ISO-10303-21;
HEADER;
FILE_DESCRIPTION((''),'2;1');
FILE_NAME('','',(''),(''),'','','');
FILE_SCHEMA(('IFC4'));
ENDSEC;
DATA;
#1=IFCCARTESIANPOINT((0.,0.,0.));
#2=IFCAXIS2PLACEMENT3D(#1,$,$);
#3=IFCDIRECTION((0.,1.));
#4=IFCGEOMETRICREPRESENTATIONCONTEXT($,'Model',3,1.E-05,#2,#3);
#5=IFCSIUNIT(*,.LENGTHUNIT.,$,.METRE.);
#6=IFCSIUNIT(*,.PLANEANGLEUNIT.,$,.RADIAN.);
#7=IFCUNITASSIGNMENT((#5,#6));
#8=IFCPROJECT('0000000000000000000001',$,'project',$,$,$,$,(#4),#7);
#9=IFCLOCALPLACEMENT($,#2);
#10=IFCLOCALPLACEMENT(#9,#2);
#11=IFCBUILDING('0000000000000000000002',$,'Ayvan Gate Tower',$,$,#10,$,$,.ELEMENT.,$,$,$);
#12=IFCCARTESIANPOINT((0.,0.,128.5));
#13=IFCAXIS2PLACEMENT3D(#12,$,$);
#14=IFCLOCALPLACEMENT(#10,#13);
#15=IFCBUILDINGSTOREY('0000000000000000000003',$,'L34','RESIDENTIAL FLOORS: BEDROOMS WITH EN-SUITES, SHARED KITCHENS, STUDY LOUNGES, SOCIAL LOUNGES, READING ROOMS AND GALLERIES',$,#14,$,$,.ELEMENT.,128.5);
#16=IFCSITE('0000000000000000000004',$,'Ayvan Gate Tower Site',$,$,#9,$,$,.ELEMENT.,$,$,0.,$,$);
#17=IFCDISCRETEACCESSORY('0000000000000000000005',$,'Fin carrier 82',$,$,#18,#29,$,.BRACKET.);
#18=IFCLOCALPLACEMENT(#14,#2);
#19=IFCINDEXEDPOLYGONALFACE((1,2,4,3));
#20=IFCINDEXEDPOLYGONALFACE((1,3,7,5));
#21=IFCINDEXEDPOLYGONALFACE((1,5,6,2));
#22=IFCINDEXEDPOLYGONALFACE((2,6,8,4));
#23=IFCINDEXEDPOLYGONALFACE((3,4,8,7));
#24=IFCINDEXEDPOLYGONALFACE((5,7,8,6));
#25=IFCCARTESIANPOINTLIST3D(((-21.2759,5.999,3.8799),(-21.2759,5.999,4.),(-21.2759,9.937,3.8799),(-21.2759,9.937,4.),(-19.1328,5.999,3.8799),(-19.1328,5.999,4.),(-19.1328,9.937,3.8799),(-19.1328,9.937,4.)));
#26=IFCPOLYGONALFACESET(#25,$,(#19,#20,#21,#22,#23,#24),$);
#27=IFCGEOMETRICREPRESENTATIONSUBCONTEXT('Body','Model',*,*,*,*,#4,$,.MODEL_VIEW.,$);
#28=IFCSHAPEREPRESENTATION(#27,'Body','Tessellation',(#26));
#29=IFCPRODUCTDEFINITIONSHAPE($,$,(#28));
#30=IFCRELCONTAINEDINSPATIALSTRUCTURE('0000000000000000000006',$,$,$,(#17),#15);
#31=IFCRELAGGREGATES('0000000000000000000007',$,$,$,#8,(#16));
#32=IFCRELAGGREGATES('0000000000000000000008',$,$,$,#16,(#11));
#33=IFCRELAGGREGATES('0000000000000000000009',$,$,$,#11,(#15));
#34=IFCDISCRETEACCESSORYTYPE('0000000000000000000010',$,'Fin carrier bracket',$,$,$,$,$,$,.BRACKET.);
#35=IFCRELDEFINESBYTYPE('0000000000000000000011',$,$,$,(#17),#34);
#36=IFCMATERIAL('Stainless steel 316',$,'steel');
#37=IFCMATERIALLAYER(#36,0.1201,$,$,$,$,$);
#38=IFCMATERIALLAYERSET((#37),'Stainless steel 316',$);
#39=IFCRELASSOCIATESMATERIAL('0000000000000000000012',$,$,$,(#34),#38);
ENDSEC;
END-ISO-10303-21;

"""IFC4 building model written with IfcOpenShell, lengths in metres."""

from ifc_helpers import new_model, si_unit, direction, frame, origin, origin_2d, place, context, subcontext, project, spatial, rectangle, extrude, material, layer, layer_set, type_object, element, save


model = new_model("IFC4")

# Units and contexts
model_context = context("Model", 3, precision=1e-05, world=origin(), true_north=direction((0.0, 1.0)))
body_context = subcontext(model_context, "Body", "Model", "MODEL_VIEW")
ifc_project = project(units=[si_unit("LENGTHUNIT", "METRE"), si_unit("PLANEANGLEUNIT", "RADIAN")], contexts=[model_context])

# Site, building, storey
site_placement = place(None, origin())
site = spatial("IfcSite", under=ifc_project, at=site_placement, Name="Ayvan Gate Tower Site", CompositionType="ELEMENT", RefElevation=0.0)
building_placement = place(site_placement, origin())
building = spatial("IfcBuilding", under=site, at=building_placement, Name="Ayvan Gate Tower", CompositionType="ELEMENT")
storey_placement = place(building_placement, frame((0.0, 0.0, 128.5)))
storey = spatial("IfcBuildingStorey", under=building, at=storey_placement, Name="L34", Description="RESIDENTIAL FLOORS: BEDROOMS WITH EN-SUITES, SHARED KITCHENS, STUDY LOUNGES, SOCIAL LOUNGES, READING ROOMS AND GALLERIES", CompositionType="ELEMENT", Elevation=128.5)

# Discrete accessory
ifc_material_1 = material(Name="Stainless steel 316", Category="steel")
ifc_layer_1 = layer(ifc_material_1, 0.1201)
ifc_layer_set_1 = layer_set([ifc_layer_1], Name="Stainless steel 316")
discrete_accessory_type = type_object("IfcDiscreteAccessoryType", Name="Fin carrier bracket", PredefinedType="BRACKET", material=ifc_layer_set_1)
discrete_accessory_placement = place(storey_placement, frame((-20.2043, 7.968, 3.8799), z_axis=(0.0, 0.0, 1.0), x_axis=(0.0, -1.0, 0.0)))
element("IfcDiscreteAccessory", 1, at=discrete_accessory_placement, inside=storey, type_object=discrete_accessory_type, Name="Fin carrier 82", PredefinedType="BRACKET", context=body_context, shape_type="SweptSolid", body=[
    extrude(rectangle(XDim=3.938, YDim=2.1431, at=origin_2d()), origin(), (0.0, 0.0, 1.0), 0.1201),
])

save(model, "model.ifc")
